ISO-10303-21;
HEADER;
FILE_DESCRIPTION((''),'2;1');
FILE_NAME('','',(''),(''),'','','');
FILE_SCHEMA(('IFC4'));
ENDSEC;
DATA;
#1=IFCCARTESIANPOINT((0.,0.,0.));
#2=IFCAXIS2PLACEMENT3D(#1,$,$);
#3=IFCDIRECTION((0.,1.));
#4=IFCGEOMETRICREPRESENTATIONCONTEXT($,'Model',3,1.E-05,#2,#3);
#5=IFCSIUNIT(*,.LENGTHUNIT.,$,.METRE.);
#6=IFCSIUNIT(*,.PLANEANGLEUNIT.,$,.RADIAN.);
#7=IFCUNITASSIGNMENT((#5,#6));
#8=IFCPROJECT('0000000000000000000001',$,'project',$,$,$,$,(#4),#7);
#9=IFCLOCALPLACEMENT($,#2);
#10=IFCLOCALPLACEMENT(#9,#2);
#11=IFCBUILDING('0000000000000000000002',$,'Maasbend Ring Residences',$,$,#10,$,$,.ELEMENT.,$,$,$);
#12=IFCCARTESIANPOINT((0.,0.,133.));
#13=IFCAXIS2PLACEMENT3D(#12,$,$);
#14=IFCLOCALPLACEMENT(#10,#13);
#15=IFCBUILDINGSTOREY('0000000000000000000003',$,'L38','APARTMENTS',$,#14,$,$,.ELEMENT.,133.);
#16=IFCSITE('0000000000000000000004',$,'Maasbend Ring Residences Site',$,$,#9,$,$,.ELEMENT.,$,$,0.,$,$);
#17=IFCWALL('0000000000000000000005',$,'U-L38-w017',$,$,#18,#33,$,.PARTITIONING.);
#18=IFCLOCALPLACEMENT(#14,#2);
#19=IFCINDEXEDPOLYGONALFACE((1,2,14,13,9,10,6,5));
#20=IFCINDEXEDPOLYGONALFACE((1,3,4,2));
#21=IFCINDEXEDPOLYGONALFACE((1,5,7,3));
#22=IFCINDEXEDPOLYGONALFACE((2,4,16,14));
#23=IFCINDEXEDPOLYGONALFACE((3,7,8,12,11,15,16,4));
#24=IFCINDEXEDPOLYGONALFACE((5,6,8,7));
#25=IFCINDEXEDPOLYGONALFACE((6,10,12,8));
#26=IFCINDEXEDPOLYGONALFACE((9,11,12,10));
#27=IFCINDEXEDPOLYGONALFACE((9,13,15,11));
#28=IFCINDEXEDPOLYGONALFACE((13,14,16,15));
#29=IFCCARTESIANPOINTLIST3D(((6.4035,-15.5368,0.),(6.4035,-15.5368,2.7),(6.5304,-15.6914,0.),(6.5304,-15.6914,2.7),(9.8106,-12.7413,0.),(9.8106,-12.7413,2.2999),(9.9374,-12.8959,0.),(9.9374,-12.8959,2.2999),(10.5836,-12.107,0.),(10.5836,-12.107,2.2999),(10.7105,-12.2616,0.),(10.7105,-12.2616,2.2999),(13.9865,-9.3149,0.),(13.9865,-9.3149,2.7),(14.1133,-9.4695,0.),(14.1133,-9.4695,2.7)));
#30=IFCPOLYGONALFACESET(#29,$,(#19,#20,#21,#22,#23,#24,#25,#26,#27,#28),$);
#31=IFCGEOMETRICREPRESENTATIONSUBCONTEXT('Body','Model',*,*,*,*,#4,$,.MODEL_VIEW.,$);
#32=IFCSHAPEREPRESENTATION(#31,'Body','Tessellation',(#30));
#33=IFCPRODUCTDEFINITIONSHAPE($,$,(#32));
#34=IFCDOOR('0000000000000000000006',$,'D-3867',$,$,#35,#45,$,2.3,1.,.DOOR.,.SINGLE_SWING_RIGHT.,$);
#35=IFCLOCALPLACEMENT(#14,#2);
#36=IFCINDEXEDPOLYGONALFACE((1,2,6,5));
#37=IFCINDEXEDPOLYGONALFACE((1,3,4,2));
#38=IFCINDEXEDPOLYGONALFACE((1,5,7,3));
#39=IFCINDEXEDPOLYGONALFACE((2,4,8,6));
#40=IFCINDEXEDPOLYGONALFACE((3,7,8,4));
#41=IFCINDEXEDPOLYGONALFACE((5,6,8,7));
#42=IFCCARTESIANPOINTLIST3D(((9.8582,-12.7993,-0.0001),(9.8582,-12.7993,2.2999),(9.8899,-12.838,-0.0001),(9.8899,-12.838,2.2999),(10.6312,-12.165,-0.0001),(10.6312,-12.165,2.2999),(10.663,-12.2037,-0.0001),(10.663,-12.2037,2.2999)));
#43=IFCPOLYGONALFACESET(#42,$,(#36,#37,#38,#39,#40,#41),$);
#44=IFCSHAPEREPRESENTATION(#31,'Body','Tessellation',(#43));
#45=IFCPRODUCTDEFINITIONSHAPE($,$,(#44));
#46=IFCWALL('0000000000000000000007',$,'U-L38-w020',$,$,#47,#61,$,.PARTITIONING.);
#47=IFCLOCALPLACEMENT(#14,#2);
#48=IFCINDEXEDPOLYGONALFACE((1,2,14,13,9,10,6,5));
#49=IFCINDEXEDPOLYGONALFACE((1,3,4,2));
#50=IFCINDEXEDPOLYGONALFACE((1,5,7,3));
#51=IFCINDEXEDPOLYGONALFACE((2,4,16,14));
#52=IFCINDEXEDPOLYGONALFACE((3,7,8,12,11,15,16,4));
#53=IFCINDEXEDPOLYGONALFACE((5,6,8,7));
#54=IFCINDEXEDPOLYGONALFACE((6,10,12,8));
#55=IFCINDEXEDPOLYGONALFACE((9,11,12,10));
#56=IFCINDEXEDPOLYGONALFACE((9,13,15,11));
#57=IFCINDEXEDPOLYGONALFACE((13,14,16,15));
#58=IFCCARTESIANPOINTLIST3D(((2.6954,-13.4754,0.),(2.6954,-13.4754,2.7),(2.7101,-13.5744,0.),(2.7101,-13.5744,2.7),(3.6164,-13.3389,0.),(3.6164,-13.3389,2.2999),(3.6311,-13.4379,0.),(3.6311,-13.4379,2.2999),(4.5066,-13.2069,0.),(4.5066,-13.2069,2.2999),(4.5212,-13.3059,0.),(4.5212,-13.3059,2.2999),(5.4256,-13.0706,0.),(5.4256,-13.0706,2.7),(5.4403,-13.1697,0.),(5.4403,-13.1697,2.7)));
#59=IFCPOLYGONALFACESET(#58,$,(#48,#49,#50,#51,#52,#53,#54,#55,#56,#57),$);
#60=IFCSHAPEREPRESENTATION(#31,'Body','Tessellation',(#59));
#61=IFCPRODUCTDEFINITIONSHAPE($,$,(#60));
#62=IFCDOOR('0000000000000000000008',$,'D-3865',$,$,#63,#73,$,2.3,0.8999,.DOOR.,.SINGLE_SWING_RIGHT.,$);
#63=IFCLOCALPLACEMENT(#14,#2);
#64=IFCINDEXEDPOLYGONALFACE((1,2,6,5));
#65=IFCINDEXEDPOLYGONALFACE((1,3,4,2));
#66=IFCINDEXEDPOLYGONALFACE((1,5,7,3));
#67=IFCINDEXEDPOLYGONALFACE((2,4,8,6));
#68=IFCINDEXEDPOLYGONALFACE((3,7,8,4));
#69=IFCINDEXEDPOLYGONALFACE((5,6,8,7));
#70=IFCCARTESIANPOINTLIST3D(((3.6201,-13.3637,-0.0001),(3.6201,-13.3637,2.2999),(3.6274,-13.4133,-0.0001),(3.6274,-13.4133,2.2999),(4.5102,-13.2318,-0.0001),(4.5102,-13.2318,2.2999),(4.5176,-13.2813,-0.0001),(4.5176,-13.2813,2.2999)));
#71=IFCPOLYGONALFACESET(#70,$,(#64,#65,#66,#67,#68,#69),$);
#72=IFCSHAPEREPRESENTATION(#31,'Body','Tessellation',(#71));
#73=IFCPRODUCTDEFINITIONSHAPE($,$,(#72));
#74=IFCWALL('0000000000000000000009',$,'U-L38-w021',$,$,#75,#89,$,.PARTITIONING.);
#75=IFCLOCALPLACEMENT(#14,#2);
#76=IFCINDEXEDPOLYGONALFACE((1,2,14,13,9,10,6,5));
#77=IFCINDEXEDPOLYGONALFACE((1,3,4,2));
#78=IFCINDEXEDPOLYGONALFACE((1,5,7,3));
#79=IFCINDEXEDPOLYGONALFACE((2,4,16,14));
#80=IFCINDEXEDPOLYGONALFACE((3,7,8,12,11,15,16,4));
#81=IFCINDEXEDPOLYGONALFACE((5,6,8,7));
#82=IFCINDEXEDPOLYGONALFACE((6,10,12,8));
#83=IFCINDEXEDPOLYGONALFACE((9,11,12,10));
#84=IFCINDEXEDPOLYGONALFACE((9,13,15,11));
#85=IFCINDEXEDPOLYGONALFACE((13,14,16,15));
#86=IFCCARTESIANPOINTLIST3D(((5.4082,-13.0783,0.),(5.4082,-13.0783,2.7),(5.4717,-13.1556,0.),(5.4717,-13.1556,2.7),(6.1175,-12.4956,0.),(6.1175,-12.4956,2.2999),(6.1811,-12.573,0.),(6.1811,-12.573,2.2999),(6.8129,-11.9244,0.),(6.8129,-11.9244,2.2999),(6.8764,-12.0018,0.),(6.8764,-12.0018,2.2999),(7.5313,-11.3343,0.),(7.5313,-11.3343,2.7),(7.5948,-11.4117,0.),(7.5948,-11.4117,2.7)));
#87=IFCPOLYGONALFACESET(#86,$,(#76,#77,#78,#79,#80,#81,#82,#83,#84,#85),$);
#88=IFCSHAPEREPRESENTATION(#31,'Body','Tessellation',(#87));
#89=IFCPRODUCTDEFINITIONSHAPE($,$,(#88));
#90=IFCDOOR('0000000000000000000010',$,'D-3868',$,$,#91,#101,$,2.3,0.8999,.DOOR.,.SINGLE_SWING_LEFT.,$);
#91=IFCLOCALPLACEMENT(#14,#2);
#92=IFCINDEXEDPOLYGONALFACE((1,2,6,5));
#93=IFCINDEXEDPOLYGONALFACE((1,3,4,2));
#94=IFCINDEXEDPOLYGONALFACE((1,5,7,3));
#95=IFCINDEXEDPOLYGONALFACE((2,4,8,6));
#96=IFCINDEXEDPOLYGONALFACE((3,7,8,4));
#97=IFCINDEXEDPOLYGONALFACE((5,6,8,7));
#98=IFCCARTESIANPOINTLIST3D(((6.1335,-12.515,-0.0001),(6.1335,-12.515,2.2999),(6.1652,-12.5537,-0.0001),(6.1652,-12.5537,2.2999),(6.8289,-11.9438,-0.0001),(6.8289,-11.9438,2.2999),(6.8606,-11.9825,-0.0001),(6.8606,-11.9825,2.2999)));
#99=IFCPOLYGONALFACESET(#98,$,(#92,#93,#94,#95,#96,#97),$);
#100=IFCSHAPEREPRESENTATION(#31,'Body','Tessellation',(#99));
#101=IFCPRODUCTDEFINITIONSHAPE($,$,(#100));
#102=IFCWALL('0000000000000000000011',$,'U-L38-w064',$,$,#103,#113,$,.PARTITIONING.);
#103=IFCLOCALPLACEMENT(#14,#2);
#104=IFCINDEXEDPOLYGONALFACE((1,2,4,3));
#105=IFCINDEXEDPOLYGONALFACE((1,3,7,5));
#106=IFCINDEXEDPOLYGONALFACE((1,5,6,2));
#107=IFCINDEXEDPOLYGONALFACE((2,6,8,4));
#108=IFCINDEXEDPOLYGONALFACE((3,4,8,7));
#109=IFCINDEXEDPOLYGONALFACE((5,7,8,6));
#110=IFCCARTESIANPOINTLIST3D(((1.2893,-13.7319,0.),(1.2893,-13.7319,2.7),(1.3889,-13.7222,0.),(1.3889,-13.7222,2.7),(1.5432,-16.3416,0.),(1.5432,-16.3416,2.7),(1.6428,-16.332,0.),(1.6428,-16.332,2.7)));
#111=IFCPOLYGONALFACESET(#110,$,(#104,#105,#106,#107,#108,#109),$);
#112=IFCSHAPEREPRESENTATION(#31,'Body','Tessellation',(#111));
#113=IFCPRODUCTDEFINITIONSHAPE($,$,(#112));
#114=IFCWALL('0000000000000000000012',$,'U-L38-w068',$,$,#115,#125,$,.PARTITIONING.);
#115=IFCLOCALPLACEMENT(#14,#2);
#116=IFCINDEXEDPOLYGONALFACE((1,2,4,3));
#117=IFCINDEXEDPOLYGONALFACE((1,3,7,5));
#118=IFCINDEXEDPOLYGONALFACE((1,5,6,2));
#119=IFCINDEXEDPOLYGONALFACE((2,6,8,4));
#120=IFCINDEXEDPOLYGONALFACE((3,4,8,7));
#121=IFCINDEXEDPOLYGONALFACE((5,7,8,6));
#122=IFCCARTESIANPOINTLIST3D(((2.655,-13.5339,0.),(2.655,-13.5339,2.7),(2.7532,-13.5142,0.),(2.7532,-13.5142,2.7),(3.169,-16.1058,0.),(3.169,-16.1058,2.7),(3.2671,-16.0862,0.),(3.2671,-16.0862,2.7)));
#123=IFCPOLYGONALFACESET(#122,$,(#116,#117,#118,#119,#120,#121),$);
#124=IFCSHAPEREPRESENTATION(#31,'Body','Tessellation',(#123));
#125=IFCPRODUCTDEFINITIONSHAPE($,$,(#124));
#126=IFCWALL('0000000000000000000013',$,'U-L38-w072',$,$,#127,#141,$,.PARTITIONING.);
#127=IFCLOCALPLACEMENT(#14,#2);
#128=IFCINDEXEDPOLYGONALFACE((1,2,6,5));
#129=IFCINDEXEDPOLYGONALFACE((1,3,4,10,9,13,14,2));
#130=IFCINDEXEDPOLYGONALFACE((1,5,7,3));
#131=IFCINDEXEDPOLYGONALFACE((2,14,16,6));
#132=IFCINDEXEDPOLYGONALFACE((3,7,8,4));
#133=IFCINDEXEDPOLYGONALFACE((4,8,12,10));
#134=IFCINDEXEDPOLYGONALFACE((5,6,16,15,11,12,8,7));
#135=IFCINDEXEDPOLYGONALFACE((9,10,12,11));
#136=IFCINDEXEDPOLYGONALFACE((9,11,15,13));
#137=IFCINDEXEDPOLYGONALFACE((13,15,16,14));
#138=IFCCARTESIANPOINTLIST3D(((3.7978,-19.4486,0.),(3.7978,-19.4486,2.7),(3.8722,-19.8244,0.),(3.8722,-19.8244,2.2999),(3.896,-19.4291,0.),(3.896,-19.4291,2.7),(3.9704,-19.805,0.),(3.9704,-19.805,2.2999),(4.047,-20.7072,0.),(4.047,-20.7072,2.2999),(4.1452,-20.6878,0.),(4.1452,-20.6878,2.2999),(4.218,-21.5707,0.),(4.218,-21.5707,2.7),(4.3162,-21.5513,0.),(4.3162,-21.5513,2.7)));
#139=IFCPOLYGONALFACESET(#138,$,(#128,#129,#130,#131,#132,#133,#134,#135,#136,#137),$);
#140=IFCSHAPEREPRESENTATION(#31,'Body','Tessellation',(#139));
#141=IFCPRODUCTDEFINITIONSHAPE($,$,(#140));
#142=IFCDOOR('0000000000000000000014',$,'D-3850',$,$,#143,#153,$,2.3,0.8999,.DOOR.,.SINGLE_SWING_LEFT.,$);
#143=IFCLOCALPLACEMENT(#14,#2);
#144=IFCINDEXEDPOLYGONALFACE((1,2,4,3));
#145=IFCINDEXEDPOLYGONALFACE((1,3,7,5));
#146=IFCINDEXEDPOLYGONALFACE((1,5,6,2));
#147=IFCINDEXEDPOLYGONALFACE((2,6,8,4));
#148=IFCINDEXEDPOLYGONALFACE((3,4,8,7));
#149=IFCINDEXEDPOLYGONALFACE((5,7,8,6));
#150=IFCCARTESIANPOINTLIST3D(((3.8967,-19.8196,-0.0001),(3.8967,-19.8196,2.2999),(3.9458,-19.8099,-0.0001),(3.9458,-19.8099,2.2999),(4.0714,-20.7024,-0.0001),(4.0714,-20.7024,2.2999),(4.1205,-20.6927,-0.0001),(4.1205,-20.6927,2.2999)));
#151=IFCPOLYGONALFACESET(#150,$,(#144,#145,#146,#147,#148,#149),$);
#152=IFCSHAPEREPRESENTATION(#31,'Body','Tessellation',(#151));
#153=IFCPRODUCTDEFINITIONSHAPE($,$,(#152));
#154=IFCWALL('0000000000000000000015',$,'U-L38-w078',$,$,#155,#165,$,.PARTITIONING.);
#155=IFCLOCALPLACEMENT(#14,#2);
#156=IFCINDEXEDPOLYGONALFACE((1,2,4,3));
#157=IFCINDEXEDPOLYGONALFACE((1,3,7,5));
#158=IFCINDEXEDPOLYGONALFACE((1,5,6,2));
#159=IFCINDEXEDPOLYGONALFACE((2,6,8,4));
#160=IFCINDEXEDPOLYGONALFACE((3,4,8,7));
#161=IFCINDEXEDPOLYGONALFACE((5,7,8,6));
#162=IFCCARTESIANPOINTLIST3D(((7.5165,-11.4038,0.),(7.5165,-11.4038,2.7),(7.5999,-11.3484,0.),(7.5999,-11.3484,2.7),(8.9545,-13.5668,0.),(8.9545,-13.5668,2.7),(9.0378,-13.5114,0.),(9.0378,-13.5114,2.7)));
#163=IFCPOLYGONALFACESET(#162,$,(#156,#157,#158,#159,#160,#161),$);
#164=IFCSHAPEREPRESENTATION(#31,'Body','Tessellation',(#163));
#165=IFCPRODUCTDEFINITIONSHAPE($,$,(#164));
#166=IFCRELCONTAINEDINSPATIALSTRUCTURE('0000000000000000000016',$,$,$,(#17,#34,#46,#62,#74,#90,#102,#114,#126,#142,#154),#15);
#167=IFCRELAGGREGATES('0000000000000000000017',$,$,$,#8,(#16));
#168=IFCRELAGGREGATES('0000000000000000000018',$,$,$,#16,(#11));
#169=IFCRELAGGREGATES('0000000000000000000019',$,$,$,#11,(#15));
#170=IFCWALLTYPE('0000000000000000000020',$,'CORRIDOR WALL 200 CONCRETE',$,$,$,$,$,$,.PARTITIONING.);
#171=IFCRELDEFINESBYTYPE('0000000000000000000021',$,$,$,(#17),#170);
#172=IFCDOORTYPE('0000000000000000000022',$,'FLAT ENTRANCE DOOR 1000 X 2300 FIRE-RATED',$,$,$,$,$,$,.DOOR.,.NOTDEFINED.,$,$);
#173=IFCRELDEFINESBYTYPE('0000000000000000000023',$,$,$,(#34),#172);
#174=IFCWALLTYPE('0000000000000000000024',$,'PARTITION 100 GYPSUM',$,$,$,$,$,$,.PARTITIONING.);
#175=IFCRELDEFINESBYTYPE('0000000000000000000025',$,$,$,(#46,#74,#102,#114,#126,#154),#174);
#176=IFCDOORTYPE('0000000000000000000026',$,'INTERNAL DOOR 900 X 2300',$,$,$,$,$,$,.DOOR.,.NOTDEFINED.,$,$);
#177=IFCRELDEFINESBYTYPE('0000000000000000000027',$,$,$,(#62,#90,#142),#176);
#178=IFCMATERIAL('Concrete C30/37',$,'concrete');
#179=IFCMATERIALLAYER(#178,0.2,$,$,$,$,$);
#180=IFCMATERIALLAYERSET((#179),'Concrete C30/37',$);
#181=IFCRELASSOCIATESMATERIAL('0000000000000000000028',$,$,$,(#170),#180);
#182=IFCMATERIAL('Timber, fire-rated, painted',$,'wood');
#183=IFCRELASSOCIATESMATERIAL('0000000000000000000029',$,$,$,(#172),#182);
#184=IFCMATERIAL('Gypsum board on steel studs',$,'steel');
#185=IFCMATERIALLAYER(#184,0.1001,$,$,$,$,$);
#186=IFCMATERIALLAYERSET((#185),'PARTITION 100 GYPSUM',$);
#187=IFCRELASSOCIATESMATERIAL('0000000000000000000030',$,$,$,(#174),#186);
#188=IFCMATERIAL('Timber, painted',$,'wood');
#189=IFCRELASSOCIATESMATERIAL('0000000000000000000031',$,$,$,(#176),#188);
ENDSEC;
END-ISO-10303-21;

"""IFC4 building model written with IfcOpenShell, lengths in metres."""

from ifc_helpers import new_model, si_unit, direction, frame, frame_2d, origin, place, context, subcontext, project, spatial, rectangle, extrude, material, layer, layer_set, type_object, element, fill, save


model = new_model("IFC4")

# Units and contexts
model_context = context("Model", 3, precision=1e-05, world=origin(), true_north=direction((0.0, 1.0)))
body_context = subcontext(model_context, "Body", "Model", "MODEL_VIEW")
ifc_project = project(units=[si_unit("LENGTHUNIT", "METRE"), si_unit("PLANEANGLEUNIT", "RADIAN")], contexts=[model_context])

# Site, building, storey
site_placement = place(None, origin())
site = spatial("IfcSite", under=ifc_project, at=site_placement, Name="Maasbend Ring Residences Site", CompositionType="ELEMENT", RefElevation=0.0)
building_placement = place(site_placement, origin())
building = spatial("IfcBuilding", under=site, at=building_placement, Name="Maasbend Ring Residences", CompositionType="ELEMENT")
storey_placement = place(building_placement, frame((0.0, 0.0, 133.0)))
storey = spatial("IfcBuildingStorey", under=building, at=storey_placement, Name="L38", Description="APARTMENTS", CompositionType="ELEMENT", Elevation=133.0)

# Walls, openings, doors
ifc_material_1 = material(Name="Concrete C30/37", Category="concrete")
ifc_layer_1 = layer(ifc_material_1, 0.2)
ifc_layer_set_1 = layer_set([ifc_layer_1], Name="Concrete C30/37")
wall_type_1 = type_object("IfcWallType", Name="CORRIDOR WALL 200 CONCRETE", PredefinedType="PARTITIONING", material=ifc_layer_set_1)
ifc_material_2 = material(Name="Timber, fire-rated, painted", Category="wood")
door_type_1 = type_object("IfcDoorType", Name="FLAT ENTRANCE DOOR 1000 X 2300 FIRE-RATED", OperationType="NOTDEFINED", PredefinedType="DOOR", material=ifc_material_2)
wall_1_placement = place(storey_placement, frame((6.467, -15.614, 0.0), z_axis=(0.0, 0.0, 1.0), x_axis=(0.773075, 0.634315, 0.0)))
wall_1 = element("IfcWall", 1, at=wall_1_placement, inside=storey, type_object=wall_type_1, Name="U-L38-w017", PredefinedType="PARTITIONING", context=body_context, shape_type="SweptSolid", body=[
    extrude(rectangle(XDim=9.8088, YDim=0.2, at=frame_2d((4.9043, 0.0))), origin(), (0.0, 0.0, 1.0), 2.7),
])
opening_1_placement = place(wall_1_placement, frame((4.407, 0.0, 0.0)))
opening_1 = element("IfcOpeningElement", 2, at=opening_1_placement, cuts=wall_1, PredefinedType="OPENING", context=body_context, shape_type="SweptSolid", body=[
    extrude(rectangle(XDim=1.0, YDim=2.3, at=frame_2d((0.5, 1.1499))), frame((0.0, 0.1099, 0.0), z_axis=(0.0, -1.0, 0.0), x_axis=(1.0, 0.0, 0.0)), (0.0, 0.0, 1.0), 0.22),
])
door_1_placement = place(opening_1_placement, origin())
door_1 = element("IfcDoor", 3, at=door_1_placement, inside=storey, type_object=door_type_1, Name="D-3867", OperationType="SINGLE_SWING_RIGHT", OverallHeight=2.3, OverallWidth=1.0, PredefinedType="DOOR", context=body_context, shape_type="SweptSolid", body=[
    extrude(rectangle(XDim=1.0, YDim=2.3, at=frame_2d((0.5, 1.1499))), frame((0.0, 0.0249, 0.0), z_axis=(0.0, -1.0, 0.0), x_axis=(1.0, 0.0, 0.0)), (0.0, 0.0, 1.0), 0.05),
])
fill(opening_1, door_1)
ifc_material_3 = material(Name="Gypsum board on steel studs", Category="steel")
ifc_layer_2 = layer(ifc_material_3, 0.1001)
ifc_layer_set_2 = layer_set([ifc_layer_2], Name="PARTITION 100 GYPSUM")
wall_type_2 = type_object("IfcWallType", Name="PARTITION 100 GYPSUM", PredefinedType="PARTITIONING", material=ifc_layer_set_2)
wall_2_placement = place(storey_placement, frame((2.7029, -13.5249, 0.0), z_axis=(0.0, 0.0, 1.0), x_axis=(0.989187, 0.146658, 0.0)))
wall_2 = element("IfcWall", 4, at=wall_2_placement, inside=storey, type_object=wall_type_2, Name="U-L38-w020", PredefinedType="PARTITIONING", context=body_context, shape_type="SweptSolid", body=[
    extrude(rectangle(XDim=2.76, YDim=0.1001, at=frame_2d((1.3799, 0.0))), origin(), (0.0, 0.0, 1.0), 2.7),
])
opening_2_placement = place(wall_2_placement, frame((0.9309, 0.0, 0.0)))
opening_2 = element("IfcOpeningElement", 5, at=opening_2_placement, cuts=wall_2, PredefinedType="OPENING", context=body_context, shape_type="SweptSolid", body=[
    extrude(rectangle(XDim=0.8999, YDim=2.3, at=frame_2d((0.45, 1.1499))), frame((0.0, 0.0601, 0.0), z_axis=(0.0, -1.0, 0.0), x_axis=(1.0, 0.0, 0.0)), (0.0, 0.0, 1.0), 0.1201),
])
ifc_material_4 = material(Name="Timber, painted", Category="wood")
door_type_2 = type_object("IfcDoorType", Name="INTERNAL DOOR 900 X 2300", OperationType="NOTDEFINED", PredefinedType="DOOR", material=ifc_material_4)
door_2_placement = place(opening_2_placement, origin())
door_2 = element("IfcDoor", 6, at=door_2_placement, inside=storey, type_object=door_type_2, Name="D-3865", OperationType="SINGLE_SWING_RIGHT", OverallHeight=2.3, OverallWidth=0.8999, PredefinedType="DOOR", context=body_context, shape_type="SweptSolid", body=[
    extrude(rectangle(XDim=0.8999, YDim=2.3, at=frame_2d((0.45, 1.1499))), frame((0.0, 0.0249, 0.0), z_axis=(0.0, -1.0, 0.0), x_axis=(1.0, 0.0, 0.0)), (0.0, 0.0, 1.0), 0.05),
])
fill(opening_2, door_2)
wall_3_placement = place(storey_placement, frame((5.4399, -13.1169, 0.0), z_axis=(0.0, 0.0, 1.0), x_axis=(0.772732, 0.634732, 0.0)))
wall_3 = element("IfcWall", 7, at=wall_3_placement, inside=storey, type_object=wall_type_2, Name="U-L38-w021", PredefinedType="PARTITIONING", context=body_context, shape_type="SweptSolid", body=[
    extrude(rectangle(XDim=2.7476, YDim=0.1001, at=frame_2d((1.3738, 0.0))), origin(), (0.0, 0.0, 1.0), 2.7),
])
opening_3_placement = place(wall_3_placement, frame((0.918, 0.0, 0.0)))
opening_3 = element("IfcOpeningElement", 8, at=opening_3_placement, cuts=wall_3, PredefinedType="OPENING", context=body_context, shape_type="SweptSolid", body=[
    extrude(rectangle(XDim=0.8999, YDim=2.3, at=frame_2d((0.45, 1.1499))), frame((0.0, 0.0601, 0.0), z_axis=(0.0, -1.0, 0.0), x_axis=(1.0, 0.0, 0.0)), (0.0, 0.0, 1.0), 0.1201),
])
door_3_placement = place(opening_3_placement, origin())
door_3 = element("IfcDoor", 9, at=door_3_placement, inside=storey, type_object=door_type_2, Name="D-3868", OperationType="SINGLE_SWING_LEFT", OverallHeight=2.3, OverallWidth=0.8999, PredefinedType="DOOR", context=body_context, shape_type="SweptSolid", body=[
    extrude(rectangle(XDim=0.8999, YDim=2.3, at=frame_2d((0.45, 1.1499))), frame((0.0, 0.0249, 0.0), z_axis=(0.0, -1.0, 0.0), x_axis=(1.0, 0.0, 0.0)), (0.0, 0.0, 1.0), 0.05),
])
fill(opening_3, door_3)

# Walls
wall_4_placement = place(storey_placement, frame((1.3391, -13.7271, 0.0), z_axis=(0.0, 0.0, 1.0), x_axis=(0.09683, -0.995301, 0.0)))
element("IfcWall", 10, at=wall_4_placement, inside=storey, type_object=wall_type_2, Name="U-L38-w064", PredefinedType="PARTITIONING", context=body_context, shape_type="SweptSolid", body=[
    extrude(rectangle(XDim=2.6221, YDim=0.1001, at=frame_2d((1.311, 0.0))), origin(), (0.0, 0.0, 1.0), 2.7),
])
wall_5_placement = place(storey_placement, frame((2.7041, -13.5239, 0.0), z_axis=(0.0, 0.0, 1.0), x_axis=(0.195937, -0.980616, 0.0)))
element("IfcWall", 11, at=wall_5_placement, inside=storey, type_object=wall_type_2, Name="U-L38-w068", PredefinedType="PARTITIONING", context=body_context, shape_type="SweptSolid", body=[
    extrude(rectangle(XDim=2.6228, YDim=0.1001, at=frame_2d((1.3115, 0.0))), origin(), (0.0, 0.0, 1.0), 2.7),
])

# Wall, opening, door
wall_6_placement = place(storey_placement, frame((3.8469, -19.439, 0.0), z_axis=(0.0, 0.0, 1.0), x_axis=(0.194228, -0.980956, 0.0)))
wall_6 = element("IfcWall", 12, at=wall_6_placement, inside=storey, type_object=wall_type_2, Name="U-L38-w072", PredefinedType="PARTITIONING", context=body_context, shape_type="SweptSolid", body=[
    extrude(rectangle(XDim=2.1633, YDim=0.1001, at=frame_2d((1.0815, 0.0))), origin(), (0.0, 0.0, 1.0), 2.7),
])
opening_4_placement = place(wall_6_placement, frame((0.3831, 0.0, 0.0)))
opening_4 = element("IfcOpeningElement", 13, at=opening_4_placement, cuts=wall_6, PredefinedType="OPENING", context=body_context, shape_type="SweptSolid", body=[
    extrude(rectangle(XDim=0.8999, YDim=2.3, at=frame_2d((0.45, 1.1499))), frame((0.0, 0.0601, 0.0), z_axis=(0.0, -1.0, 0.0), x_axis=(1.0, 0.0, 0.0)), (0.0, 0.0, 1.0), 0.1201),
])
door_4_placement = place(opening_4_placement, origin())
door_4 = element("IfcDoor", 14, at=door_4_placement, inside=storey, type_object=door_type_2, Name="D-3850", OperationType="SINGLE_SWING_LEFT", OverallHeight=2.3, OverallWidth=0.8999, PredefinedType="DOOR", context=body_context, shape_type="SweptSolid", body=[
    extrude(rectangle(XDim=0.8999, YDim=2.3, at=frame_2d((0.45, 1.1499))), frame((0.0, 0.0249, 0.0), z_axis=(0.0, -1.0, 0.0), x_axis=(1.0, 0.0, 0.0)), (0.0, 0.0, 1.0), 0.05),
])
fill(opening_4, door_4)

# Wall
wall_7_placement = place(storey_placement, frame((7.5581, -11.376, 0.0), z_axis=(0.0, 0.0, 1.0), x_axis=(0.553615, -0.832773, 0.0)))
element("IfcWall", 15, at=wall_7_placement, inside=storey, type_object=wall_type_2, Name="U-L38-w078", PredefinedType="PARTITIONING", context=body_context, shape_type="SweptSolid", body=[
    extrude(rectangle(XDim=2.5974, YDim=0.1001, at=frame_2d((1.2988, 0.0))), origin(), (0.0, 0.0, 1.0), 2.7),
])

save(model, "model.ifc")
